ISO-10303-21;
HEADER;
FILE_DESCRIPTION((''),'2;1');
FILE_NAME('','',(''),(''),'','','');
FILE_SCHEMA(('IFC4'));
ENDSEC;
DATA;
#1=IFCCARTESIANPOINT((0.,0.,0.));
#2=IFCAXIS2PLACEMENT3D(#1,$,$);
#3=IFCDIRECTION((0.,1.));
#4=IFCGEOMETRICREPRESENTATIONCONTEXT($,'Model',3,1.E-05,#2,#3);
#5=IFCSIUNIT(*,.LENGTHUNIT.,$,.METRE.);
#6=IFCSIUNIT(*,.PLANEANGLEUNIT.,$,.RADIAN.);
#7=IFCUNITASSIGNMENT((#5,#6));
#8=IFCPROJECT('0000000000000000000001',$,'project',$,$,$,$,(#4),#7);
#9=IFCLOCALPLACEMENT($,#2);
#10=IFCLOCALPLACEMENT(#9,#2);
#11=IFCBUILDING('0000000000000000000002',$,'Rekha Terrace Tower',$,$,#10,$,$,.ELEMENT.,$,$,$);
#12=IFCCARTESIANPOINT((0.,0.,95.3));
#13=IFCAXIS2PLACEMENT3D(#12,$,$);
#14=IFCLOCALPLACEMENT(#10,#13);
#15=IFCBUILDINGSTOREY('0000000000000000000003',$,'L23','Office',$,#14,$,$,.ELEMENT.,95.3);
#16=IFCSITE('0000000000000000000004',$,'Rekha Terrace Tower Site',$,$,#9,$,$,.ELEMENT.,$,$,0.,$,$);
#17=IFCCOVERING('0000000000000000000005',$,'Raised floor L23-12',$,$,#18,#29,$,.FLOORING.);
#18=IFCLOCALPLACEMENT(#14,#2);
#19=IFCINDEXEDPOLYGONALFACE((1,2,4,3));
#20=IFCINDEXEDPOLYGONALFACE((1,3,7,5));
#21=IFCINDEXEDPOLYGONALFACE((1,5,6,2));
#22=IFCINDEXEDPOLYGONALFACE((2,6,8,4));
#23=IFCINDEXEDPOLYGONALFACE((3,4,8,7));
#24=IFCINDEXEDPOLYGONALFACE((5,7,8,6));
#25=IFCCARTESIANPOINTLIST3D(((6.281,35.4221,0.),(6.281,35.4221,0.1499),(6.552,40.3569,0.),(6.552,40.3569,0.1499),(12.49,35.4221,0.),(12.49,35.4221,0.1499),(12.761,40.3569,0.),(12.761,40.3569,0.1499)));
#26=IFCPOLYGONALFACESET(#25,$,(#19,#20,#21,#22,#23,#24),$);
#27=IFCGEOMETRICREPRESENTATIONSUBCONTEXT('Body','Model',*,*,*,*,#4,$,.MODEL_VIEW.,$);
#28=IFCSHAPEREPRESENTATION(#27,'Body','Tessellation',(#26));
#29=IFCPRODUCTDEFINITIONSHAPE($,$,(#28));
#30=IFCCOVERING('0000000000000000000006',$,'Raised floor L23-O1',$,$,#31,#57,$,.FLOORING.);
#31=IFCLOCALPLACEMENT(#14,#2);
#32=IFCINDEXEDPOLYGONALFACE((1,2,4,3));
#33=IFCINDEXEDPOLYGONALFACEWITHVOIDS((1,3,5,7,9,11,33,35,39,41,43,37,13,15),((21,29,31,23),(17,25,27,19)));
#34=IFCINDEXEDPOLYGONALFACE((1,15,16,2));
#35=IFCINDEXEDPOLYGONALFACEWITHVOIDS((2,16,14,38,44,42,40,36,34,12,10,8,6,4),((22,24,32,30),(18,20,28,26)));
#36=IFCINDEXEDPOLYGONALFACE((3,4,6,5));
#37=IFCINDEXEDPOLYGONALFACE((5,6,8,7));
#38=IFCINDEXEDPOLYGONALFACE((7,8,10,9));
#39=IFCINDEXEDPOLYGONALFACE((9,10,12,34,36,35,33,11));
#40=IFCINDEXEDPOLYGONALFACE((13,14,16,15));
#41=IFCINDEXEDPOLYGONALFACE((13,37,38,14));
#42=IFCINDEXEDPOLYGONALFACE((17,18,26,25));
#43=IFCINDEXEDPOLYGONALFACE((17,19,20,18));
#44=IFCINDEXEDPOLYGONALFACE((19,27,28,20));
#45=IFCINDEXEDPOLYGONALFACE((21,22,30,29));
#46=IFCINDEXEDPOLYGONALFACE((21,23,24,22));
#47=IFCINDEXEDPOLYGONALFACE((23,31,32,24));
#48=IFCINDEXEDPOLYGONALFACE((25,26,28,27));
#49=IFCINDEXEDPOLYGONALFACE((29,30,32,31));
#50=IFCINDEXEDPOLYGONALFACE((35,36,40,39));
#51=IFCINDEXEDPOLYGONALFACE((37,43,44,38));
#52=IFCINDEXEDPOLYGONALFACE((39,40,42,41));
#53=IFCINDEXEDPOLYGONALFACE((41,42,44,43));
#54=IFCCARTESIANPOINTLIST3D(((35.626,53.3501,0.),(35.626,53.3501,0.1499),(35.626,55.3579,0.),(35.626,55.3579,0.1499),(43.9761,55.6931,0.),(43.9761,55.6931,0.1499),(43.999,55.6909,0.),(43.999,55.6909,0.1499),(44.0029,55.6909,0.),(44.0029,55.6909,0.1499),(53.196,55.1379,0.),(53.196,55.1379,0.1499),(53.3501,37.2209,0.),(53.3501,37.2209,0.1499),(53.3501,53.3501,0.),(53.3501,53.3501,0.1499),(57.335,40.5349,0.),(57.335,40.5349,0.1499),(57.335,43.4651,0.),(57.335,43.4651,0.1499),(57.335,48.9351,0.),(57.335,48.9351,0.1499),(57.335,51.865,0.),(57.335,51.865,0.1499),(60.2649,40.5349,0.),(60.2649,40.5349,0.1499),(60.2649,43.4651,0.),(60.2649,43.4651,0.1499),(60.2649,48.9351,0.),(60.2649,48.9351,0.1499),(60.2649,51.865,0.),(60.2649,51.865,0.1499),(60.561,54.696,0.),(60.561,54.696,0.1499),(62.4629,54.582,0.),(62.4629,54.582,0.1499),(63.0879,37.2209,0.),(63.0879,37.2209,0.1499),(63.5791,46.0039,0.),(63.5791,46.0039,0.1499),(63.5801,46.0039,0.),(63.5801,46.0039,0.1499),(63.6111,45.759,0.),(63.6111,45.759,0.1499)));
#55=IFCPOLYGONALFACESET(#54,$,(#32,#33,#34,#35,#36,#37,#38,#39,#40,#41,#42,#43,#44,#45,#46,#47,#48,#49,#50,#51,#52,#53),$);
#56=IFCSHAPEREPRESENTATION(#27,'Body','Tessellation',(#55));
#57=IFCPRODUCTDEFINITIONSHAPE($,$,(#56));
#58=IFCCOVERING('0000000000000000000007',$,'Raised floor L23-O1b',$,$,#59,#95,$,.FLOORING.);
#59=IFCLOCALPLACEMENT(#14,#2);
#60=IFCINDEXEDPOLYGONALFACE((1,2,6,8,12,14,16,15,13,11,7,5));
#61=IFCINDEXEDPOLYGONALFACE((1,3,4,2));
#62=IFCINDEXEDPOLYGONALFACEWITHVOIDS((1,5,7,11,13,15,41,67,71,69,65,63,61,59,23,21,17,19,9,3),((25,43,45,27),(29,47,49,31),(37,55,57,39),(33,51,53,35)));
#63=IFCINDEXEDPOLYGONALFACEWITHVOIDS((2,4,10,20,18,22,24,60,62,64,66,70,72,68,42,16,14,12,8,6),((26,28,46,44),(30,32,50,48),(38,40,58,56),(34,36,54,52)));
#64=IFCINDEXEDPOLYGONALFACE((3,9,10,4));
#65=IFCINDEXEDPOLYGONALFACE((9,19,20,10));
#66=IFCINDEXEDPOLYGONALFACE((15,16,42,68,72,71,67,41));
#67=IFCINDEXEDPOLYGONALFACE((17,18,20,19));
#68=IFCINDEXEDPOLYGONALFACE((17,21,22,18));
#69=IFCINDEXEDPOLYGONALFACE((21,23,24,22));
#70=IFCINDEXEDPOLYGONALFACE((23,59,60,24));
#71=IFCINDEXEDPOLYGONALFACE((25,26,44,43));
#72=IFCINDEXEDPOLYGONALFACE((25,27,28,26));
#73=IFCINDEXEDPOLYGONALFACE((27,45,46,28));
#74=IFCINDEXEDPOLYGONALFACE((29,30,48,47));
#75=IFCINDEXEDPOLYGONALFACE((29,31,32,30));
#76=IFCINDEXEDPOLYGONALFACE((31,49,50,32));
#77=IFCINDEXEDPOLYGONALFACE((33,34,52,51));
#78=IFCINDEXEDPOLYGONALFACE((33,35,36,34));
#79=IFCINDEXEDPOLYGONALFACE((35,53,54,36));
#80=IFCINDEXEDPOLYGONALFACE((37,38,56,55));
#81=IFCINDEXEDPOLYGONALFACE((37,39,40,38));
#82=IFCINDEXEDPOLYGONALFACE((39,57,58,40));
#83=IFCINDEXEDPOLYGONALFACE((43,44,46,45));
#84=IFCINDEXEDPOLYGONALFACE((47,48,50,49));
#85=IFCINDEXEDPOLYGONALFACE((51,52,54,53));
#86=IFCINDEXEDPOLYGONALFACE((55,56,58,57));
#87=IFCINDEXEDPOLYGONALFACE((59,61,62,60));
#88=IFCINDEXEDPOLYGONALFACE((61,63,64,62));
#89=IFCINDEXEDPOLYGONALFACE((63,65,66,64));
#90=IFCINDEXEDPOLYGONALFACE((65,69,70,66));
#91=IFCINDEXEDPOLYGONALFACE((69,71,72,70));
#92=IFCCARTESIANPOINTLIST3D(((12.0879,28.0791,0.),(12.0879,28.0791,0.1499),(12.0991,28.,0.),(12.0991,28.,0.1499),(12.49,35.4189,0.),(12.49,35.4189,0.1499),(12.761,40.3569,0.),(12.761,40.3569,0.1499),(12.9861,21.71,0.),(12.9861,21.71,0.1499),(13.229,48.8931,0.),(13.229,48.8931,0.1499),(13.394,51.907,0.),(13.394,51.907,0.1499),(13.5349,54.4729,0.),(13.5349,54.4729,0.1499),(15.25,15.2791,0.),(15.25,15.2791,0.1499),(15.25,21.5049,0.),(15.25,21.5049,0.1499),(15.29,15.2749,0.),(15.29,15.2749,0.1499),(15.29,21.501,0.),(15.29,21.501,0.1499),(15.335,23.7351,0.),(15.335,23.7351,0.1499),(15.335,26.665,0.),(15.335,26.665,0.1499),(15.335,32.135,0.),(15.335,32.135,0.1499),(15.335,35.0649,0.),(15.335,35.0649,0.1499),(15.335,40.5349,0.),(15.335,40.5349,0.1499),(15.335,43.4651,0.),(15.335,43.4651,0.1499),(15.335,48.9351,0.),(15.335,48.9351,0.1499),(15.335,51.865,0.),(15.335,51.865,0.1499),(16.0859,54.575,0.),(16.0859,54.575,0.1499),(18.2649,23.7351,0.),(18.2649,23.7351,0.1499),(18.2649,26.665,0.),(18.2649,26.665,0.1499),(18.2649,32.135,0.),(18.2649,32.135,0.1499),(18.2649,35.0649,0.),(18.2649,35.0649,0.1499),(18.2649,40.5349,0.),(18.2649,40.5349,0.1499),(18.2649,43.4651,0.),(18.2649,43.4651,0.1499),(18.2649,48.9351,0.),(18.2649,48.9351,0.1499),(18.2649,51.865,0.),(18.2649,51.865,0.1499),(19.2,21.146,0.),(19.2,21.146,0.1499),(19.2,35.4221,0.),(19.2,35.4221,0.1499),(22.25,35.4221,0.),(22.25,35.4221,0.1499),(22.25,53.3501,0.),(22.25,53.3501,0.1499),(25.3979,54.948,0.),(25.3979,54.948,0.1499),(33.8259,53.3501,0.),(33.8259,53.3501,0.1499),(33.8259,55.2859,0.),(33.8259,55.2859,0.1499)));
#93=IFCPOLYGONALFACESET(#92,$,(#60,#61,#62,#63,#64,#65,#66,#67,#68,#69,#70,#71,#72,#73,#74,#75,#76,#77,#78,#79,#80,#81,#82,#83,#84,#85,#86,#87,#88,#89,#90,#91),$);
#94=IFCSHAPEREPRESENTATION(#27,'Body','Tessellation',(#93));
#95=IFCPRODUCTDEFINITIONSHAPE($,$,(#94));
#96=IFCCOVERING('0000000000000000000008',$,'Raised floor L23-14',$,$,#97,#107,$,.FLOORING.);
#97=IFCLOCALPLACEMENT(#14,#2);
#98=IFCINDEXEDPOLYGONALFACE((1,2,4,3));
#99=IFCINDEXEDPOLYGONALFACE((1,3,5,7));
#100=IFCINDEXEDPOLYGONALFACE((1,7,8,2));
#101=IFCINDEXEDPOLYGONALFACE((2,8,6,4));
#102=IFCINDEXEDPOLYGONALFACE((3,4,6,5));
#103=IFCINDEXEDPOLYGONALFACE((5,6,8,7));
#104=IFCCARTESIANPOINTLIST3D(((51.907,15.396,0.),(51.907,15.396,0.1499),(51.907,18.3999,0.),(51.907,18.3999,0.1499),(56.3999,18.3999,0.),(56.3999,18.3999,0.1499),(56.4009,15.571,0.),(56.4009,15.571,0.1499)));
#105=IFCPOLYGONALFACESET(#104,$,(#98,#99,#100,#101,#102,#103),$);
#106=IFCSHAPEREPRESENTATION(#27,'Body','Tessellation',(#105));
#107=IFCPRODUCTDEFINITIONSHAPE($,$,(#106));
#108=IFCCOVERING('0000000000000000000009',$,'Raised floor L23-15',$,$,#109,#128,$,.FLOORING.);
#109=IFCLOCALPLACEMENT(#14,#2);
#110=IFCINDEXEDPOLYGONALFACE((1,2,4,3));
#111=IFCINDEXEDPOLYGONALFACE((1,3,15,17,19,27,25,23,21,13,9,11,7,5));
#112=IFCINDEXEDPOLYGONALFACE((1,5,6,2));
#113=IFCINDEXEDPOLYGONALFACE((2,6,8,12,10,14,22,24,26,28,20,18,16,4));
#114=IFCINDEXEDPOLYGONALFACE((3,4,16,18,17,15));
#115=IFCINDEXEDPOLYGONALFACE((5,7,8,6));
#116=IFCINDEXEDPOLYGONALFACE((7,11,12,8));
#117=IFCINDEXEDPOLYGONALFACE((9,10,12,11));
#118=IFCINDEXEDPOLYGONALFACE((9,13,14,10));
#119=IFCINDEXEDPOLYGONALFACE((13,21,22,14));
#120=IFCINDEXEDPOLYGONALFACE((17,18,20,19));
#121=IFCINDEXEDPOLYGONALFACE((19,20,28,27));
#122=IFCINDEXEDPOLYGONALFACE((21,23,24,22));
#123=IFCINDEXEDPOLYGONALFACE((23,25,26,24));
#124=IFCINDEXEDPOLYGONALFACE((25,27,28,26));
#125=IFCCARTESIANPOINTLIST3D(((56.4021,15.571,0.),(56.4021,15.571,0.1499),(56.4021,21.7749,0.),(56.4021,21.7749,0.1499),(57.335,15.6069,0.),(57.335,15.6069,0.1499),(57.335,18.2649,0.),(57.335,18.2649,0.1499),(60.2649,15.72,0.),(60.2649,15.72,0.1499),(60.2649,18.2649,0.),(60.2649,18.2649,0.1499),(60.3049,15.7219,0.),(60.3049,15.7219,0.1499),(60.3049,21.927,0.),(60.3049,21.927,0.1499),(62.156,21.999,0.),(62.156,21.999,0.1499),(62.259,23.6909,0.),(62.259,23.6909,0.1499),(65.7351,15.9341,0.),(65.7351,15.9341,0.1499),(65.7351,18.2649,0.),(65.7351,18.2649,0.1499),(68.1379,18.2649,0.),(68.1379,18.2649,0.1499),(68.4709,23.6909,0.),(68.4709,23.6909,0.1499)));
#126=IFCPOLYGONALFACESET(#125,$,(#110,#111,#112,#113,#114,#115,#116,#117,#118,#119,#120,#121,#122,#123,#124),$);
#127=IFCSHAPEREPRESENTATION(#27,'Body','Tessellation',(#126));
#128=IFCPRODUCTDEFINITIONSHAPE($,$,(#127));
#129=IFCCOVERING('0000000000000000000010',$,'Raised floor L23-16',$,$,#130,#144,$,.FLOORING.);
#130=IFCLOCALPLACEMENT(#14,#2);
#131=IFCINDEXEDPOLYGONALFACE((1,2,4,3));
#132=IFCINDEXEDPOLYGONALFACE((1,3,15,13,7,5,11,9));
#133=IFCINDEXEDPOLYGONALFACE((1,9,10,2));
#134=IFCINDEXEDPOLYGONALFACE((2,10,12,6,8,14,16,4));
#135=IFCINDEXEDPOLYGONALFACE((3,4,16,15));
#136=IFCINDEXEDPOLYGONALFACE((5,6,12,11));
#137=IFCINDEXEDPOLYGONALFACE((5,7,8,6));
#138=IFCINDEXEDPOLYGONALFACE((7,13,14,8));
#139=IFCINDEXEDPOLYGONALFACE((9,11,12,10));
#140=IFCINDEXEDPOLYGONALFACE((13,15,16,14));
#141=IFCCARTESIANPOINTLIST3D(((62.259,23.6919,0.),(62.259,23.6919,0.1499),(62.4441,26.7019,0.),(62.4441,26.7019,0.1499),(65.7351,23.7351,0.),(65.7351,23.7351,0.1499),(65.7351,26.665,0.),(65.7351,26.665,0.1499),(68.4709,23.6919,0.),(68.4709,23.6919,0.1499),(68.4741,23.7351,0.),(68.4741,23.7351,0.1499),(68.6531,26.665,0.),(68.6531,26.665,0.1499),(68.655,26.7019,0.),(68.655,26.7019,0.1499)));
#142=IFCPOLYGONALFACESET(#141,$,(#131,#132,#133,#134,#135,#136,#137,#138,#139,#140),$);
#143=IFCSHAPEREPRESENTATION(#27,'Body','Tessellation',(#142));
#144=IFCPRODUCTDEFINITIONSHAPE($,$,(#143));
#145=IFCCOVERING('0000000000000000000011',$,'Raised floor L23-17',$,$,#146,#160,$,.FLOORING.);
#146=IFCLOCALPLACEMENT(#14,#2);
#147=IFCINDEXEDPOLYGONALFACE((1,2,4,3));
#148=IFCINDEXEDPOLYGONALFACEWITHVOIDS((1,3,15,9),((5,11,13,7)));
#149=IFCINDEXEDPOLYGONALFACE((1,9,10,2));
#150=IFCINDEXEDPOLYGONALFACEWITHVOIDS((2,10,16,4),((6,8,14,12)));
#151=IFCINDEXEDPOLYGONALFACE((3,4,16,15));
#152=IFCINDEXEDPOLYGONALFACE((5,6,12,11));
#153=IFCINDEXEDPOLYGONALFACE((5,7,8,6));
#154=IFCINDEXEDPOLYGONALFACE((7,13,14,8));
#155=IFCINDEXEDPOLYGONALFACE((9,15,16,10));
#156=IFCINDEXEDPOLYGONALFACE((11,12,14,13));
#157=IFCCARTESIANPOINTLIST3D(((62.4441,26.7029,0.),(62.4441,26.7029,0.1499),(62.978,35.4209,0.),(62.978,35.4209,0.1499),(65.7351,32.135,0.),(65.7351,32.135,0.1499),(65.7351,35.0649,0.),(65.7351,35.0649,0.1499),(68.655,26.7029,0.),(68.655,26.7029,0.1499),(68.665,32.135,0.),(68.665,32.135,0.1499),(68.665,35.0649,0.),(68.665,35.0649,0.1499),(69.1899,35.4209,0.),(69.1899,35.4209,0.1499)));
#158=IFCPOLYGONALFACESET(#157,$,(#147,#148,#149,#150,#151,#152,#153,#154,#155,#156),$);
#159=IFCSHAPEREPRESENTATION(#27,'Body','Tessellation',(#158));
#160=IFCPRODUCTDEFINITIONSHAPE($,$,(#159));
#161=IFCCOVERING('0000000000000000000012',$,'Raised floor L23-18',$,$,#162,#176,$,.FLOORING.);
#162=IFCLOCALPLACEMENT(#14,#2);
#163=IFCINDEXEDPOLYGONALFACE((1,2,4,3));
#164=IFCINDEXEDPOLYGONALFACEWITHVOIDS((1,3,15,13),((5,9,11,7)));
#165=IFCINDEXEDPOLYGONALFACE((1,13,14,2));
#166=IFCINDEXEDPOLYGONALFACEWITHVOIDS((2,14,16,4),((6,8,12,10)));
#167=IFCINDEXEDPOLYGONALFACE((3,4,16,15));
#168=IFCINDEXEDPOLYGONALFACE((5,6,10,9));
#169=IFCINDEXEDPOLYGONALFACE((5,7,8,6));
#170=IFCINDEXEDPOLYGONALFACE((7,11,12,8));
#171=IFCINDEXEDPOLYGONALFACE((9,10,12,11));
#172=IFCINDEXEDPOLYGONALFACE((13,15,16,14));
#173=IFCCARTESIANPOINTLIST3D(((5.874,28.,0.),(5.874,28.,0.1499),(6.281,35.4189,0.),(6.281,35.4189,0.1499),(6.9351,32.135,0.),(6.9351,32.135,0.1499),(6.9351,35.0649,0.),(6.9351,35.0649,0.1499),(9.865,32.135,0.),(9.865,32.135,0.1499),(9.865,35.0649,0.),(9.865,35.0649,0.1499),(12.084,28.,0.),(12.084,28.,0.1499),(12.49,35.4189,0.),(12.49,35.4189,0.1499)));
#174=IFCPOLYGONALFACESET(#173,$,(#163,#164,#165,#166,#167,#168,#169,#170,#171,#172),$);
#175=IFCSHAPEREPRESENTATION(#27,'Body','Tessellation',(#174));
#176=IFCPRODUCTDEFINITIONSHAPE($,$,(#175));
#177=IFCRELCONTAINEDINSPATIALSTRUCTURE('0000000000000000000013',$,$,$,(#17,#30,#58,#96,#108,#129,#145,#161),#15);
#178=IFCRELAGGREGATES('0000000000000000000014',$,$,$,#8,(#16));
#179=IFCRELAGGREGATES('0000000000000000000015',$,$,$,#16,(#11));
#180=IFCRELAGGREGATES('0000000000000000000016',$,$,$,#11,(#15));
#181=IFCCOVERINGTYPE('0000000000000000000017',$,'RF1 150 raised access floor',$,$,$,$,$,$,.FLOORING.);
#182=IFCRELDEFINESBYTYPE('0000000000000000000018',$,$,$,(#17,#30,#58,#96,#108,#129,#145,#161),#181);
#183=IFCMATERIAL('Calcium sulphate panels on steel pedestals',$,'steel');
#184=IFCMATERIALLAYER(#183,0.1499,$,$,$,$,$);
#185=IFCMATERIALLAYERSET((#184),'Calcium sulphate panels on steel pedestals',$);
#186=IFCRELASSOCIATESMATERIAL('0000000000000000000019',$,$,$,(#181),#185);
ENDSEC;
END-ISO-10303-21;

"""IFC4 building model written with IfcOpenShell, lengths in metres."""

from ifc_helpers import new_model, si_unit, direction, frame, origin, place, context, subcontext, project, spatial, polyline, outline, extrude, material, layer, layer_set, type_object, element, save


model = new_model("IFC4")

# Units and contexts
model_context = context("Model", 3, precision=1e-05, world=origin(), true_north=direction((0.0, 1.0)))
body_context = subcontext(model_context, "Body", "Model", "MODEL_VIEW")
ifc_project = project(units=[si_unit("LENGTHUNIT", "METRE"), si_unit("PLANEANGLEUNIT", "RADIAN")], contexts=[model_context])

# Site, building, storey
site_placement = place(None, origin())
site = spatial("IfcSite", under=ifc_project, at=site_placement, Name="Rekha Terrace Tower Site", CompositionType="ELEMENT", RefElevation=0.0)
building_placement = place(site_placement, origin())
building = spatial("IfcBuilding", under=site, at=building_placement, Name="Rekha Terrace Tower", CompositionType="ELEMENT")
storey_placement = place(building_placement, frame((0.0, 0.0, 95.3)))
storey = spatial("IfcBuildingStorey", under=building, at=storey_placement, Name="L23", Description="Office", CompositionType="ELEMENT", Elevation=95.3)

# Coverings
ifc_material_1 = material(Name="Calcium sulphate panels on steel pedestals", Category="steel")
ifc_layer_1 = layer(ifc_material_1, 0.1499)
ifc_layer_set_1 = layer_set([ifc_layer_1], Name="Calcium sulphate panels on steel pedestals")
covering_type_1 = type_object("IfcCoveringType", Name="RF1 150 raised access floor", PredefinedType="FLOORING", material=ifc_layer_set_1)
covering_1_placement = place(storey_placement, origin())
element("IfcCovering", 1, at=covering_1_placement, inside=storey, type_object=covering_type_1, Name="Raised floor L23-12", PredefinedType="FLOORING", context=body_context, shape_type="SweptSolid", body=[
    extrude(outline(polyline([(12.761, 40.3569), (6.552, 40.3569), (6.281, 35.4221), (12.49, 35.4221), (12.761, 40.3569)])), origin(), (0.0, 0.0, 1.0), 0.1499),
])
covering_2_placement = place(storey_placement, origin())
element("IfcCovering", 2, at=covering_2_placement, inside=storey, type_object=covering_type_1, Name="Raised floor L23-O1", PredefinedType="FLOORING", context=body_context, shape_type="SweptSolid", body=[
    extrude(outline(polyline([(44.0029, 55.6909), (43.999, 55.6909), (43.9761, 55.6931), (35.626, 55.3579), (35.626, 53.3501), (53.3501, 53.3501), (53.3501, 37.2209), (63.0879, 37.2209), (63.6111, 45.759), (63.5801, 46.0039), (63.5791, 46.0039), (62.4629, 54.582), (60.561, 54.696), (53.196, 55.1379), (44.0029, 55.6909)]), holes=[polyline([(60.2649, 40.5349), (57.335, 40.5349), (57.335, 43.4651), (60.2649, 43.4651), (60.2649, 40.5349)]), polyline([(60.2649, 48.9351), (57.335, 48.9351), (57.335, 51.865), (60.2649, 51.865), (60.2649, 48.9351)])]), origin(), (0.0, 0.0, 1.0), 0.1499),
])
covering_3_placement = place(storey_placement, origin())
element("IfcCovering", 3, at=covering_3_placement, inside=storey, type_object=covering_type_1, Name="Raised floor L23-O1b", PredefinedType="FLOORING", context=body_context, shape_type="SweptSolid", body=[
    extrude(outline(polyline([(12.0879, 28.0791), (12.0991, 28.0), (12.9861, 21.71), (15.25, 21.5049), (15.25, 15.2791), (15.29, 15.2749), (15.29, 21.501), (19.2, 21.146), (19.2, 35.4221), (22.25, 35.4221), (22.25, 53.3501), (33.8259, 53.3501), (33.8259, 55.2859), (25.3979, 54.948), (16.0859, 54.575), (13.5349, 54.4729), (13.394, 51.907), (13.229, 48.8931), (12.761, 40.3569), (12.49, 35.4189), (12.0879, 28.0791)]), holes=[polyline([(18.2649, 26.665), (18.2649, 23.7351), (15.335, 23.7351), (15.335, 26.665), (18.2649, 26.665)]), polyline([(18.2649, 35.0649), (18.2649, 32.135), (15.335, 32.135), (15.335, 35.0649), (18.2649, 35.0649)]), polyline([(18.2649, 40.5349), (15.335, 40.5349), (15.335, 43.4651), (18.2649, 43.4651), (18.2649, 40.5349)]), polyline([(18.2649, 48.9351), (15.335, 48.9351), (15.335, 51.865), (18.2649, 51.865), (18.2649, 48.9351)])]), origin(), (0.0, 0.0, 1.0), 0.1499),
])
covering_4_placement = place(storey_placement, origin())
element("IfcCovering", 4, at=covering_4_placement, inside=storey, type_object=covering_type_1, Name="Raised floor L23-14", PredefinedType="FLOORING", context=body_context, shape_type="SweptSolid", body=[
    extrude(outline(polyline([(51.907, 18.3999), (51.907, 15.396), (56.4009, 15.571), (56.3999, 18.3999), (51.907, 18.3999)])), origin(), (0.0, 0.0, 1.0), 0.1499),
])
covering_5_placement = place(storey_placement, origin())
element("IfcCovering", 5, at=covering_5_placement, inside=storey, type_object=covering_type_1, Name="Raised floor L23-15", PredefinedType="FLOORING", context=body_context, shape_type="SweptSolid", body=[
    extrude(outline(polyline([(60.3049, 21.927), (56.4021, 21.7749), (56.4021, 15.571), (57.335, 15.6069), (57.335, 18.2649), (60.2649, 18.2649), (60.2649, 15.72), (60.3049, 15.7219), (65.7351, 15.9341), (65.7351, 18.2649), (68.1379, 18.2649), (68.4709, 23.6909), (62.259, 23.6909), (62.156, 21.999), (60.3049, 21.927)])), origin(), (0.0, 0.0, 1.0), 0.1499),
])
covering_6_placement = place(storey_placement, origin())
element("IfcCovering", 6, at=covering_6_placement, inside=storey, type_object=covering_type_1, Name="Raised floor L23-16", PredefinedType="FLOORING", context=body_context, shape_type="SweptSolid", body=[
    extrude(outline(polyline([(65.7351, 26.665), (68.6531, 26.665), (68.655, 26.7019), (62.4441, 26.7019), (62.259, 23.6919), (68.4709, 23.6919), (68.4741, 23.7351), (65.7351, 23.7351), (65.7351, 26.665)])), origin(), (0.0, 0.0, 1.0), 0.1499),
])
covering_7_placement = place(storey_placement, origin())
element("IfcCovering", 7, at=covering_7_placement, inside=storey, type_object=covering_type_1, Name="Raised floor L23-17", PredefinedType="FLOORING", context=body_context, shape_type="SweptSolid", body=[
    extrude(outline(polyline([(62.4441, 26.7029), (68.655, 26.7029), (69.1899, 35.4209), (62.978, 35.4209), (62.4441, 26.7029)]), holes=[polyline([(68.665, 35.0649), (68.665, 32.135), (65.7351, 32.135), (65.7351, 35.0649), (68.665, 35.0649)])]), origin(), (0.0, 0.0, 1.0), 0.1499),
])
covering_8_placement = place(storey_placement, origin())
element("IfcCovering", 8, at=covering_8_placement, inside=storey, type_object=covering_type_1, Name="Raised floor L23-18", PredefinedType="FLOORING", context=body_context, shape_type="SweptSolid", body=[
    extrude(outline(polyline([(5.874, 28.0), (12.084, 28.0), (12.49, 35.4189), (6.281, 35.4189), (5.874, 28.0)]), holes=[polyline([(9.865, 32.135), (6.9351, 32.135), (6.9351, 35.0649), (9.865, 35.0649), (9.865, 32.135)])]), origin(), (0.0, 0.0, 1.0), 0.1499),
])

save(model, "model.ifc")
